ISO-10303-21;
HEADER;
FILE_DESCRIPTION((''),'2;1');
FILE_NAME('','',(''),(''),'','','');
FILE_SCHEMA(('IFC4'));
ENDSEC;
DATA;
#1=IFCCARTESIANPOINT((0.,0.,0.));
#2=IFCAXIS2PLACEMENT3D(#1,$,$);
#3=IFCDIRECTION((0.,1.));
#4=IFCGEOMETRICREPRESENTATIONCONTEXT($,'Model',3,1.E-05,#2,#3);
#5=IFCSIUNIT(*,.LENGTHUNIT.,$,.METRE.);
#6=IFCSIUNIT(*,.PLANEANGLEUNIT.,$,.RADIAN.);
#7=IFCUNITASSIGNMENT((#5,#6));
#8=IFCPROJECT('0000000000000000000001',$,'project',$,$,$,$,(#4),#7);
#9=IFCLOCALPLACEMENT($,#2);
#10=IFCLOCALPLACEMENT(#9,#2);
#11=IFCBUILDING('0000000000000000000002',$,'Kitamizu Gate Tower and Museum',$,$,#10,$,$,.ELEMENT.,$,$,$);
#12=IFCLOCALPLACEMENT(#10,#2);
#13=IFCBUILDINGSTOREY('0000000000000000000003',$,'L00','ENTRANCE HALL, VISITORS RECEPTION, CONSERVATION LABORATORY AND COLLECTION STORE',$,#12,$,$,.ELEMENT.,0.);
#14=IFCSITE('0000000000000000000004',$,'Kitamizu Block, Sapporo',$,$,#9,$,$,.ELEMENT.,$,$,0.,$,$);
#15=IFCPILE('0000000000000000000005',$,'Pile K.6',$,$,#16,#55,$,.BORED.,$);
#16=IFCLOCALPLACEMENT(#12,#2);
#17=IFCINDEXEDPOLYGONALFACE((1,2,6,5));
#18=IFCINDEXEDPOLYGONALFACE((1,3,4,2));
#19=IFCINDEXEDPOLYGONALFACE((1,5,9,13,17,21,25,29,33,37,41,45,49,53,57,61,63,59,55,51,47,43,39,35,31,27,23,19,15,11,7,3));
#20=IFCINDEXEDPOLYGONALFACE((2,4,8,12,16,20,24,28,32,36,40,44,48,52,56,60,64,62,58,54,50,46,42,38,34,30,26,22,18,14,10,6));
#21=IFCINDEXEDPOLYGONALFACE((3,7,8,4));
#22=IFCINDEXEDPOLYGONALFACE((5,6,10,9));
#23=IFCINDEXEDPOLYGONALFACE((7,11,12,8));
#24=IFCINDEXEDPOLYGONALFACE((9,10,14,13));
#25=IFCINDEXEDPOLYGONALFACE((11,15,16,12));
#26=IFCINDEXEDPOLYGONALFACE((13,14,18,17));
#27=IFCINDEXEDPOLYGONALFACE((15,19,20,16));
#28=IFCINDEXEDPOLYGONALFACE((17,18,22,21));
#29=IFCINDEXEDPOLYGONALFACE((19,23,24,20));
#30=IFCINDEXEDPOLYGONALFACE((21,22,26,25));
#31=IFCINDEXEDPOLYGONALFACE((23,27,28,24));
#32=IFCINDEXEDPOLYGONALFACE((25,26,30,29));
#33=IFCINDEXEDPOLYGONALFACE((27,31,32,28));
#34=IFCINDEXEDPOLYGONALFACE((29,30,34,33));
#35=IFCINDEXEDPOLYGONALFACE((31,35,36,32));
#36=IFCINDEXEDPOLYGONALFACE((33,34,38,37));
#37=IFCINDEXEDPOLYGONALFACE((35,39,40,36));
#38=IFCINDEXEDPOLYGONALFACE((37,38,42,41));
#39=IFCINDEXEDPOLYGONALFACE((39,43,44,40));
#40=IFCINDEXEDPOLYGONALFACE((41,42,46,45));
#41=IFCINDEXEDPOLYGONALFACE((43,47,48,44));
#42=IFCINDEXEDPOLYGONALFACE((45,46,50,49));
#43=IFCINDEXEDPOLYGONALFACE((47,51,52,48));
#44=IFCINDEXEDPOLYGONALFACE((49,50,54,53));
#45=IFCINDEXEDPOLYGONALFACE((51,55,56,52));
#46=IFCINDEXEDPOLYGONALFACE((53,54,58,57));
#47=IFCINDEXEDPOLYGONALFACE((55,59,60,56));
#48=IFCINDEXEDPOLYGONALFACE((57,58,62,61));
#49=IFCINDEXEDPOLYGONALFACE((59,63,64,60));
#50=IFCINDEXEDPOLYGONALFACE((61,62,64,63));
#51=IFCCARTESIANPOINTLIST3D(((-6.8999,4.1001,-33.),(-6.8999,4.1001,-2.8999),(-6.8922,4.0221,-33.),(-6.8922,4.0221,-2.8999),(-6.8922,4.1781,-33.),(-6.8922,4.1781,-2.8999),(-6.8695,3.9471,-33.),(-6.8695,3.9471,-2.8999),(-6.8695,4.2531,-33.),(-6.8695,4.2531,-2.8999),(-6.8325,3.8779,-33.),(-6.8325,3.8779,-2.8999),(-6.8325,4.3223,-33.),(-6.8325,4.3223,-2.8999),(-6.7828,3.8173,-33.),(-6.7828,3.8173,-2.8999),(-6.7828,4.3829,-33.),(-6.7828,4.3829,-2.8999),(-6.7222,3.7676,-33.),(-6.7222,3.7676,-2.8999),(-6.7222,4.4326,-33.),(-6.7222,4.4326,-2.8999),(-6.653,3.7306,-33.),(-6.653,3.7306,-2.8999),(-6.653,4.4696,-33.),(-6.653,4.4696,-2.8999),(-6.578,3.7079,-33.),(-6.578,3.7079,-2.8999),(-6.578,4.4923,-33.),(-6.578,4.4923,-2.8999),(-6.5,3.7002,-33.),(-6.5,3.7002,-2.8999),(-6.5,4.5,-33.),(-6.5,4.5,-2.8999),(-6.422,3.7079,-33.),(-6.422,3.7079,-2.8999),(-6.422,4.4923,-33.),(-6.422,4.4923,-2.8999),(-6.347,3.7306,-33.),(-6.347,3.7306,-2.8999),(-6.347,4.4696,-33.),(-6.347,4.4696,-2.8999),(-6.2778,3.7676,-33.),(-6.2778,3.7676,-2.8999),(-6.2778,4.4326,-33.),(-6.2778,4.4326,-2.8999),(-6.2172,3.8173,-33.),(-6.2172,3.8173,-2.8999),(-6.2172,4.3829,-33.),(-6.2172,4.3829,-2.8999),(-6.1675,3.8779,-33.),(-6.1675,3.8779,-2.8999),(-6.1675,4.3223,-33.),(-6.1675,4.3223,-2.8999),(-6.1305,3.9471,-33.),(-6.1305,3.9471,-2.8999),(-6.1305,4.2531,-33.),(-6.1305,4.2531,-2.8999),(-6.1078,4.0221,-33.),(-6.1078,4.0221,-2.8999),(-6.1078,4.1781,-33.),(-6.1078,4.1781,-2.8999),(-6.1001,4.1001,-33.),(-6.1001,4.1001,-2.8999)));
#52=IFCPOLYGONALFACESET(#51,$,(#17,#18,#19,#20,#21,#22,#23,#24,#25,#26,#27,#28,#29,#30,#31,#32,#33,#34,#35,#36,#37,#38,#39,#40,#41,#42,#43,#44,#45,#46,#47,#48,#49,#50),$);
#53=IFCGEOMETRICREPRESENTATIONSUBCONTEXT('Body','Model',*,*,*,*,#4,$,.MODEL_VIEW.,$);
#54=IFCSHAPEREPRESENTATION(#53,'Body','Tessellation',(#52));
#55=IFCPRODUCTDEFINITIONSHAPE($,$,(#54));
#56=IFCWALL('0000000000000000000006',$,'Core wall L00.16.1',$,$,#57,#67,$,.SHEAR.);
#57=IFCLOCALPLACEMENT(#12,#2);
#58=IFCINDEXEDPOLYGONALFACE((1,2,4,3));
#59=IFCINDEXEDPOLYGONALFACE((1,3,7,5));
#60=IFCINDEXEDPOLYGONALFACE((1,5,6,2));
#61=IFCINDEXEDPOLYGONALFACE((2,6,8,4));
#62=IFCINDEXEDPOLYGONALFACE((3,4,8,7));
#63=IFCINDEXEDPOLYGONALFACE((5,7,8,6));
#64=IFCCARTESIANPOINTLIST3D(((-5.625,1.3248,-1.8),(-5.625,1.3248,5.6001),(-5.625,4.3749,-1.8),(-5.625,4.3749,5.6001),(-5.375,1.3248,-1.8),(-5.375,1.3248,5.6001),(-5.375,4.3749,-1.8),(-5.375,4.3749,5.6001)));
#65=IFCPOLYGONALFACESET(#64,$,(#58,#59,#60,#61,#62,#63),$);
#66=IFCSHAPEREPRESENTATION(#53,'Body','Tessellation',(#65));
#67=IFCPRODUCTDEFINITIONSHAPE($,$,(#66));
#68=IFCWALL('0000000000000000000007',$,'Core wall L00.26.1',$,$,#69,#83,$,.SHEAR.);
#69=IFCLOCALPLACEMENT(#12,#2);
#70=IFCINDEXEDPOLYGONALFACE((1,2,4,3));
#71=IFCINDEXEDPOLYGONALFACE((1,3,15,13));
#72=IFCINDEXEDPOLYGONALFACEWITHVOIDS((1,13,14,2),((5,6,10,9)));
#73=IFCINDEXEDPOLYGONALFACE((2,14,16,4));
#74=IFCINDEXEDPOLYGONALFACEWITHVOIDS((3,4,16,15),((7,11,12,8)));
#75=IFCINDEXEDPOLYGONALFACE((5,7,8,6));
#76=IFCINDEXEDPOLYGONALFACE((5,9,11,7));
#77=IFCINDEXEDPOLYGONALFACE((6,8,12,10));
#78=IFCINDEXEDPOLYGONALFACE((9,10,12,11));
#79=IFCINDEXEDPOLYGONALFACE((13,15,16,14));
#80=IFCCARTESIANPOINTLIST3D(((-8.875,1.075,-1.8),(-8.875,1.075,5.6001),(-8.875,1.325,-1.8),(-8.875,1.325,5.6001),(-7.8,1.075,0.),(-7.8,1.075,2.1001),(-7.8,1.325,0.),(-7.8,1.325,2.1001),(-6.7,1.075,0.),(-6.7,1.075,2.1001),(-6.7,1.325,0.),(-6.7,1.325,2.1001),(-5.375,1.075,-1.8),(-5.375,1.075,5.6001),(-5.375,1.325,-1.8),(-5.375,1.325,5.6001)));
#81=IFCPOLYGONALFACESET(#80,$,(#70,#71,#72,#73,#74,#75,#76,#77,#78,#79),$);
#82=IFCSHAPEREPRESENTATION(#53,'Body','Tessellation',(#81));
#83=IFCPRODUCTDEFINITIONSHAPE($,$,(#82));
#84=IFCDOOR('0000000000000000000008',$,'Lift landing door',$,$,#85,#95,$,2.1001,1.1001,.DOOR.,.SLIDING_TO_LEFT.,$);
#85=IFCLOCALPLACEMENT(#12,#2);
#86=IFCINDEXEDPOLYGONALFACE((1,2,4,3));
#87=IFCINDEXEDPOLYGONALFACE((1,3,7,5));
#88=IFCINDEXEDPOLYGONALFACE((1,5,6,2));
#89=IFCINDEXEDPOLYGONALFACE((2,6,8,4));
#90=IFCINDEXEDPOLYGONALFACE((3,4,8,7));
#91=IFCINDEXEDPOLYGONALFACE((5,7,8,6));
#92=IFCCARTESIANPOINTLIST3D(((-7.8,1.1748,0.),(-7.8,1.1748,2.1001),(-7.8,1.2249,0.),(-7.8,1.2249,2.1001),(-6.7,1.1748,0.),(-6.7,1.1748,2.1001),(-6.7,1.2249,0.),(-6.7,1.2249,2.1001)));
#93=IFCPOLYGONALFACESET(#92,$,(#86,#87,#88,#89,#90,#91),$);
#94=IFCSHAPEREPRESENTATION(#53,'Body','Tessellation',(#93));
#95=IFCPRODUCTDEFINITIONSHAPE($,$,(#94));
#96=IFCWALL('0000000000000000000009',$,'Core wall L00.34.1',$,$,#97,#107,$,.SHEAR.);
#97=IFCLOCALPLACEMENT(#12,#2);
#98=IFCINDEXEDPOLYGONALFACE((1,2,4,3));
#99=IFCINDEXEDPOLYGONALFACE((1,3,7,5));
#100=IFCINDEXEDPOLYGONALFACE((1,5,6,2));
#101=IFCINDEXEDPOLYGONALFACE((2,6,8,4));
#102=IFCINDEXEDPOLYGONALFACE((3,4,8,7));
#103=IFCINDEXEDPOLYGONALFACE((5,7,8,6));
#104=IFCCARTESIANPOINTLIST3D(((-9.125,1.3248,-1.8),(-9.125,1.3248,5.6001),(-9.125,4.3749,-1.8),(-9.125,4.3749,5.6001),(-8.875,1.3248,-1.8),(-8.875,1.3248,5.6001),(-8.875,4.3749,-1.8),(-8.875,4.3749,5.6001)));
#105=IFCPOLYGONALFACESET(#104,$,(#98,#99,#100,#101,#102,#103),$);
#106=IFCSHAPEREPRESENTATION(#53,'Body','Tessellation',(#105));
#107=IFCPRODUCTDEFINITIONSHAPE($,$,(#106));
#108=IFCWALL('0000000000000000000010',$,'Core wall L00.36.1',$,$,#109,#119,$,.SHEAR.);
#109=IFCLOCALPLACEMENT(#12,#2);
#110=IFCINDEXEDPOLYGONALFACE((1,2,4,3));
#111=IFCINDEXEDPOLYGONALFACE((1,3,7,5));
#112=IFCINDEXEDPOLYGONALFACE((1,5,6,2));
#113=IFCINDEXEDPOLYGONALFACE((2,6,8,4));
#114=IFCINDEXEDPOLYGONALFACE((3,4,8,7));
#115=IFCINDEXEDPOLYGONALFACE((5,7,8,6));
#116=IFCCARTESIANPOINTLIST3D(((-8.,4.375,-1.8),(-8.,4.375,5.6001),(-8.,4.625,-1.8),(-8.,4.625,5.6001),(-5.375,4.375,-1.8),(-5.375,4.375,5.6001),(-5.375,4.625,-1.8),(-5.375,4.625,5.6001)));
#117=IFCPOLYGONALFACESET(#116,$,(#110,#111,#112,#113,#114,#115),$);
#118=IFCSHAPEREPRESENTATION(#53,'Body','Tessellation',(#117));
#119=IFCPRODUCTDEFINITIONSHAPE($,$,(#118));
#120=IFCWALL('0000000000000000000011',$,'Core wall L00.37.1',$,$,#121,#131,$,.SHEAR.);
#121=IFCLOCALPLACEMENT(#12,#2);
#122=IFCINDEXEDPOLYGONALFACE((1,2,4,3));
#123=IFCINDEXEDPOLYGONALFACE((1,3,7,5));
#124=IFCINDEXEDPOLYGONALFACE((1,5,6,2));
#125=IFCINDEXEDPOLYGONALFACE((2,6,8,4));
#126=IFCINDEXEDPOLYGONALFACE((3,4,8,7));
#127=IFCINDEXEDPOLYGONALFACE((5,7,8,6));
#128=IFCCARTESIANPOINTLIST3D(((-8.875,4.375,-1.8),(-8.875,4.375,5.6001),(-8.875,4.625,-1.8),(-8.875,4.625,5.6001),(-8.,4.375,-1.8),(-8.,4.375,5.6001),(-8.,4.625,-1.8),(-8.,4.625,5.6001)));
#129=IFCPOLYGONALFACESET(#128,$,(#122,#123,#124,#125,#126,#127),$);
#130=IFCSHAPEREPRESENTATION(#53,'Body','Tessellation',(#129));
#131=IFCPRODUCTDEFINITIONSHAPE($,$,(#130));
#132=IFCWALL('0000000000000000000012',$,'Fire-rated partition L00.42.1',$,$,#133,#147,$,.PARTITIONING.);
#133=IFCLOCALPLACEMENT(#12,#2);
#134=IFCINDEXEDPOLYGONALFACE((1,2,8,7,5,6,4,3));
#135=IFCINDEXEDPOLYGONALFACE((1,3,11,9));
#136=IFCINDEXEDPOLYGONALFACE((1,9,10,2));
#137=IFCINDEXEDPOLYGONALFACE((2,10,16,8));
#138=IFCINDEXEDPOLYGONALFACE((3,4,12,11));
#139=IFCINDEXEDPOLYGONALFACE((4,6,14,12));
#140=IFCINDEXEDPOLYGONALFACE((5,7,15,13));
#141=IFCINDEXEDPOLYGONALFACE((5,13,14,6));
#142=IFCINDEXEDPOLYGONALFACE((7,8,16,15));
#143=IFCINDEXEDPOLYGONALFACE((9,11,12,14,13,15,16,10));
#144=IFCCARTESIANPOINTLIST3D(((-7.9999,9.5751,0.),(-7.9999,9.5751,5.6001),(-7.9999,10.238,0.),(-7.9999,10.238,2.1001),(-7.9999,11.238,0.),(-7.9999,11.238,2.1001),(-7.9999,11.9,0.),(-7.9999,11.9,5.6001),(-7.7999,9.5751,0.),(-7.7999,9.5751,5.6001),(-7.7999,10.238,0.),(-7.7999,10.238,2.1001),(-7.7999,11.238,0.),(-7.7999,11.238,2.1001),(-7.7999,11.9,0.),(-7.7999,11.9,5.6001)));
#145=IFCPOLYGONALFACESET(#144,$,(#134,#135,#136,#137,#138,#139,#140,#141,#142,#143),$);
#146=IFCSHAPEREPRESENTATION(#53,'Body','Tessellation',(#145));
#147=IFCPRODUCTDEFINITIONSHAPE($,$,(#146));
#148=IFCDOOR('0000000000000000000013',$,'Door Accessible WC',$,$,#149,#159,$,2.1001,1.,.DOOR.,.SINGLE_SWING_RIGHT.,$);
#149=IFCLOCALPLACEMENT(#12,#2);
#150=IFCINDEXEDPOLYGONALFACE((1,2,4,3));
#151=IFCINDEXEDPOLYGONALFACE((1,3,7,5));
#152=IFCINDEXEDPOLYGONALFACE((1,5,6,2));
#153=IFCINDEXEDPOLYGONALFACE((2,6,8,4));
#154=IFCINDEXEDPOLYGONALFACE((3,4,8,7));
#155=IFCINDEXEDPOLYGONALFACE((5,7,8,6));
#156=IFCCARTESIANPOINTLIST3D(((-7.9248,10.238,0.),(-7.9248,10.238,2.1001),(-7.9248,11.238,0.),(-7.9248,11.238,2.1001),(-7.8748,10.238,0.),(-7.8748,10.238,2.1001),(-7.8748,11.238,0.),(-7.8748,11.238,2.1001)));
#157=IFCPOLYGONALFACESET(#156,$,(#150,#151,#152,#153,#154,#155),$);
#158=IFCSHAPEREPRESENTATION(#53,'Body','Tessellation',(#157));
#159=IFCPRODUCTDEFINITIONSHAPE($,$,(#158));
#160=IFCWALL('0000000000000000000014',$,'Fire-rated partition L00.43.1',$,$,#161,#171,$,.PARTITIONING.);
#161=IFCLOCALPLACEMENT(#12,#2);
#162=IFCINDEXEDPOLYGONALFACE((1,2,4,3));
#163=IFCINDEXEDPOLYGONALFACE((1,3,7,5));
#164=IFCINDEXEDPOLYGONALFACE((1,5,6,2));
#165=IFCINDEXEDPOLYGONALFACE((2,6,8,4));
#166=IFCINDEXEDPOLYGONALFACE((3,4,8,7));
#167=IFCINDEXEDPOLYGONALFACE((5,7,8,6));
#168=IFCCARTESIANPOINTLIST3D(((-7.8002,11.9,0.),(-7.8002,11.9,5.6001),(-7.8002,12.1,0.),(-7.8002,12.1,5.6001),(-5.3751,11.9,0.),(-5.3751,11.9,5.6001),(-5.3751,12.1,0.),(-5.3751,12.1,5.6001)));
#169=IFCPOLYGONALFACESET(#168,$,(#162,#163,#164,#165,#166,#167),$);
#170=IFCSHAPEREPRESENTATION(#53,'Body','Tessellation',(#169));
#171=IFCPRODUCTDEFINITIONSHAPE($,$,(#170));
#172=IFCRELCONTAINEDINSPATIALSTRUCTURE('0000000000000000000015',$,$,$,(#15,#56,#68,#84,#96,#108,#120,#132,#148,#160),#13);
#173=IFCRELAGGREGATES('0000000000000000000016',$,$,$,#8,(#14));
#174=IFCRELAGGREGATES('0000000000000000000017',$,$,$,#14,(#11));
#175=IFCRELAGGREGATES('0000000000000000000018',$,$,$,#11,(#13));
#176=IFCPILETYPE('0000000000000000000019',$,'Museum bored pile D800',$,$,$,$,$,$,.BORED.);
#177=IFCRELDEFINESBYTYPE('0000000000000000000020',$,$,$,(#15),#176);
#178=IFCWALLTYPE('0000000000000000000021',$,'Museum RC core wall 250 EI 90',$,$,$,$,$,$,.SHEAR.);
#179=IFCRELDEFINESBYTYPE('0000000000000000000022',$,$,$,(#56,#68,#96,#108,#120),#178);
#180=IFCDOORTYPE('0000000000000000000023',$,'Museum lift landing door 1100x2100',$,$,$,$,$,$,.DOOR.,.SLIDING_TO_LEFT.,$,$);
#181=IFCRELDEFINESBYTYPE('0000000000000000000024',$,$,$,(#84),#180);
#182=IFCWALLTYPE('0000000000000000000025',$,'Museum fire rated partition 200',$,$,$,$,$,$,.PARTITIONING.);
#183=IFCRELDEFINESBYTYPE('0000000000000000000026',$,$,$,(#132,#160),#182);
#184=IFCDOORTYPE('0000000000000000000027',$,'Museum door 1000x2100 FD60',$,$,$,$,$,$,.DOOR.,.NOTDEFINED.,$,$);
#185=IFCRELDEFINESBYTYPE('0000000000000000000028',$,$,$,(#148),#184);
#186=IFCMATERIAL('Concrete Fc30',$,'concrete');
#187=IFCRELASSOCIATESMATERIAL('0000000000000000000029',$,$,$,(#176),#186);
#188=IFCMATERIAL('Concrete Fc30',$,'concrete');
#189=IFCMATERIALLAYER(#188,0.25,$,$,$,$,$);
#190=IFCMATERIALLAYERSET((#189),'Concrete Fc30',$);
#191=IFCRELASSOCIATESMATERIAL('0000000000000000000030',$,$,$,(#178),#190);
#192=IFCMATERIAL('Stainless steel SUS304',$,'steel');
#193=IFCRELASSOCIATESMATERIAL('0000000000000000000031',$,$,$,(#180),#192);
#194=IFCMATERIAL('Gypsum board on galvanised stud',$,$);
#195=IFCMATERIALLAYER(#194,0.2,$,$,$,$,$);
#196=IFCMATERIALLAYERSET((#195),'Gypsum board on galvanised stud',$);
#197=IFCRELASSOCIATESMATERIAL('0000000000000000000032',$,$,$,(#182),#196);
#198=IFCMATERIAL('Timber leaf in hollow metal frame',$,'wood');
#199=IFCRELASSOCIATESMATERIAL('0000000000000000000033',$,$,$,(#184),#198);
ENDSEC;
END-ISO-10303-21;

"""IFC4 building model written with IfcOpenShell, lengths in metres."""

from ifc_helpers import new_model, si_unit, direction, frame, frame_2d, origin, origin_2d, place, context, subcontext, project, spatial, rectangle, circle, extrude, material, layer, layer_set, material_profile, profile_set, type_object, element, fill, save


model = new_model("IFC4")

# Units and contexts
model_context = context("Model", 3, precision=1e-05, world=origin(), true_north=direction((0.0, 1.0)))
body_context = subcontext(model_context, "Body", "Model", "MODEL_VIEW")
ifc_project = project(units=[si_unit("LENGTHUNIT", "METRE"), si_unit("PLANEANGLEUNIT", "RADIAN")], contexts=[model_context])

# Site, building, storey
site_placement = place(None, origin())
site = spatial("IfcSite", under=ifc_project, at=site_placement, Name="Kitamizu Block, Sapporo", CompositionType="ELEMENT", RefElevation=0.0)
building_placement = place(site_placement, origin())
building = spatial("IfcBuilding", under=site, at=building_placement, Name="Kitamizu Gate Tower and Museum", CompositionType="ELEMENT")
storey_placement = place(building_placement, origin())
storey = spatial("IfcBuildingStorey", under=building, at=storey_placement, Name="L00", Description="ENTRANCE HALL, VISITORS RECEPTION, CONSERVATION LABORATORY AND COLLECTION STORE", CompositionType="ELEMENT", Elevation=0.0)

# Pile
ifc_material_1 = material(Name="Concrete Fc30", Category="concrete")
ifc_material_profile = material_profile(ifc_material_1, circle(Radius=0.3999, at=origin_2d()), Name="D800")
ifc_profile_set = profile_set([ifc_material_profile], Name="Concrete Fc30")
pile_type = type_object("IfcPileType", Name="Museum bored pile D800", PredefinedType="BORED", material=ifc_profile_set)
for number, where, z_axis, x_axis, name in (
    (1, (-6.5, 4.1001, -2.8999), (0.0, 0.0, -1.0), (1.0, 0.0, 0.0), "Pile K.6"),
):
    element("IfcPile", number, at=place(storey_placement, frame(where, z_axis=z_axis, x_axis=x_axis)), inside=storey, type_object=pile_type, Name=name, PredefinedType="BORED", context=body_context, shape_type="SweptSolid", body=[
        extrude(circle(Radius=0.3999, at=origin_2d()), origin(), (0.0, 0.0, 1.0), 30.1001),
    ])

# Wall
ifc_material_2 = material(Name="Concrete Fc30", Category="concrete")
ifc_layer_1 = layer(ifc_material_2, 0.25)
ifc_layer_set_1 = layer_set([ifc_layer_1], Name="Concrete Fc30")
wall_type_1 = type_object("IfcWallType", Name="Museum RC core wall 250 EI 90", PredefinedType="SHEAR", material=ifc_layer_set_1)
wall_1_placement = place(storey_placement, frame((-5.5, 1.325, -1.8), z_axis=(0.0, 0.0, 1.0), x_axis=(0.0, 1.0, 0.0)))
element("IfcWall", 2, at=wall_1_placement, inside=storey, type_object=wall_type_1, Name="Core wall L00.16.1", PredefinedType="SHEAR", context=body_context, shape_type="SweptSolid", body=[
    extrude(rectangle(XDim=3.05, YDim=0.25, at=frame_2d((1.5249, 0.0))), origin(), (0.0, 0.0, 1.0), 7.4001),
])

# Wall, opening, door
wall_2_placement = place(storey_placement, frame((-8.875, 1.2, -1.8), z_axis=(0.0, 0.0, 1.0), x_axis=(1.0, 0.0, 0.0)))
wall_2 = element("IfcWall", 3, at=wall_2_placement, inside=storey, type_object=wall_type_1, Name="Core wall L00.26.1", PredefinedType="SHEAR", context=body_context, shape_type="SweptSolid", body=[
    extrude(rectangle(XDim=3.5, YDim=0.25, at=frame_2d((1.75, 0.0))), origin(), (0.0, 0.0, 1.0), 7.4001),
])
opening_1_placement = place(wall_2_placement, frame((1.075, 0.0, 1.8)))
opening_1 = element("IfcOpeningElement", 4, at=opening_1_placement, cuts=wall_2, PredefinedType="OPENING", context=body_context, shape_type="SweptSolid", body=[
    extrude(rectangle(XDim=1.1001, YDim=2.1001, at=frame_2d((0.55, 1.05))), frame((0.0, 0.135, 0.0), z_axis=(0.0, -1.0, 0.0), x_axis=(1.0, 0.0, 0.0)), (0.0, 0.0, 1.0), 0.27),
])
ifc_material_3 = material(Name="Stainless steel SUS304", Category="steel")
door_type_1 = type_object("IfcDoorType", Name="Museum lift landing door 1100x2100", OperationType="SLIDING_TO_LEFT", PredefinedType="DOOR", material=ifc_material_3)
door_1_placement = place(opening_1_placement, origin())
door_1 = element("IfcDoor", 5, at=door_1_placement, inside=storey, type_object=door_type_1, Name="Lift landing door", OperationType="SLIDING_TO_LEFT", OverallHeight=2.1001, OverallWidth=1.1001, PredefinedType="DOOR", context=body_context, shape_type="SweptSolid", body=[
    extrude(rectangle(XDim=1.1001, YDim=2.1001, at=frame_2d((0.55, 1.05))), frame((0.0, 0.0249, 0.0), z_axis=(0.0, -1.0, 0.0), x_axis=(1.0, 0.0, 0.0)), (0.0, 0.0, 1.0), 0.05),
])
fill(opening_1, door_1)

# Walls
wall_3_placement = place(storey_placement, frame((-9.0, 1.325, -1.8), z_axis=(0.0, 0.0, 1.0), x_axis=(0.0, 1.0, 0.0)))
element("IfcWall", 6, at=wall_3_placement, inside=storey, type_object=wall_type_1, Name="Core wall L00.34.1", PredefinedType="SHEAR", context=body_context, shape_type="SweptSolid", body=[
    extrude(rectangle(XDim=3.05, YDim=0.25, at=frame_2d((1.5249, 0.0))), origin(), (0.0, 0.0, 1.0), 7.4001),
])
wall_4_placement = place(storey_placement, frame((-8.0, 4.5, -1.8), z_axis=(0.0, 0.0, 1.0), x_axis=(1.0, 0.0, 0.0)))
element("IfcWall", 7, at=wall_4_placement, inside=storey, type_object=wall_type_1, Name="Core wall L00.36.1", PredefinedType="SHEAR", context=body_context, shape_type="SweptSolid", body=[
    extrude(rectangle(XDim=2.625, YDim=0.25, at=frame_2d((1.3125, 0.0))), origin(), (0.0, 0.0, 1.0), 7.4001),
])
wall_5_placement = place(storey_placement, frame((-8.875, 4.5, -1.8), z_axis=(0.0, 0.0, 1.0), x_axis=(1.0, 0.0, 0.0)))
element("IfcWall", 8, at=wall_5_placement, inside=storey, type_object=wall_type_1, Name="Core wall L00.37.1", PredefinedType="SHEAR", context=body_context, shape_type="SweptSolid", body=[
    extrude(rectangle(XDim=0.875, YDim=0.25, at=frame_2d((0.4375, 0.0))), origin(), (0.0, 0.0, 1.0), 7.4001),
])

# Wall, opening, door
ifc_material_4 = material(Name="Gypsum board on galvanised stud")
ifc_layer_2 = layer(ifc_material_4, 0.2)
ifc_layer_set_2 = layer_set([ifc_layer_2], Name="Gypsum board on galvanised stud")
wall_type_2 = type_object("IfcWallType", Name="Museum fire rated partition 200", PredefinedType="PARTITIONING", material=ifc_layer_set_2)
wall_6_placement = place(storey_placement, frame((-7.8999, 9.575, 0.0), z_axis=(0.0, 0.0, 1.0), x_axis=(0.0, 1.0, 0.0)))
wall_6 = element("IfcWall", 9, at=wall_6_placement, inside=storey, type_object=wall_type_2, Name="Fire-rated partition L00.42.1", PredefinedType="PARTITIONING", context=body_context, shape_type="SweptSolid", body=[
    extrude(rectangle(XDim=2.325, YDim=0.2, at=frame_2d((1.1626, 0.0))), origin(), (0.0, 0.0, 1.0), 5.6001),
])
opening_2_placement = place(wall_6_placement, frame((0.6631, 0.0, 0.0)))
opening_2 = element("IfcOpeningElement", 10, at=opening_2_placement, cuts=wall_6, PredefinedType="OPENING", context=body_context, shape_type="SweptSolid", body=[
    extrude(rectangle(XDim=1.0, YDim=2.1001, at=frame_2d((0.5, 1.05))), frame((0.0, 0.1099, 0.0), z_axis=(0.0, -1.0, 0.0), x_axis=(1.0, 0.0, 0.0)), (0.0, 0.0, 1.0), 0.22),
])
ifc_material_5 = material(Name="Timber leaf in hollow metal frame", Category="wood")
door_type_2 = type_object("IfcDoorType", Name="Museum door 1000x2100 FD60", OperationType="NOTDEFINED", PredefinedType="DOOR", material=ifc_material_5)
door_2_placement = place(opening_2_placement, origin())
door_2 = element("IfcDoor", 11, at=door_2_placement, inside=storey, type_object=door_type_2, Name="Door Accessible WC", OperationType="SINGLE_SWING_RIGHT", OverallHeight=2.1001, OverallWidth=1.0, PredefinedType="DOOR", context=body_context, shape_type="SweptSolid", body=[
    extrude(rectangle(XDim=1.0, YDim=2.1001, at=frame_2d((0.5, 1.05))), frame((0.0, 0.0249, 0.0), z_axis=(0.0, -1.0, 0.0), x_axis=(1.0, 0.0, 0.0)), (0.0, 0.0, 1.0), 0.05),
])
fill(opening_2, door_2)

# Wall
wall_7_placement = place(storey_placement, frame((-7.8, 12.0, 0.0), z_axis=(0.0, 0.0, 1.0), x_axis=(1.0, 0.0, 0.0)))
element("IfcWall", 12, at=wall_7_placement, inside=storey, type_object=wall_type_2, Name="Fire-rated partition L00.43.1", PredefinedType="PARTITIONING", context=body_context, shape_type="SweptSolid", body=[
    extrude(rectangle(XDim=2.425, YDim=0.2, at=frame_2d((1.2124, 0.0))), origin(), (0.0, 0.0, 1.0), 5.6001),
])

save(model, "model.ifc")
